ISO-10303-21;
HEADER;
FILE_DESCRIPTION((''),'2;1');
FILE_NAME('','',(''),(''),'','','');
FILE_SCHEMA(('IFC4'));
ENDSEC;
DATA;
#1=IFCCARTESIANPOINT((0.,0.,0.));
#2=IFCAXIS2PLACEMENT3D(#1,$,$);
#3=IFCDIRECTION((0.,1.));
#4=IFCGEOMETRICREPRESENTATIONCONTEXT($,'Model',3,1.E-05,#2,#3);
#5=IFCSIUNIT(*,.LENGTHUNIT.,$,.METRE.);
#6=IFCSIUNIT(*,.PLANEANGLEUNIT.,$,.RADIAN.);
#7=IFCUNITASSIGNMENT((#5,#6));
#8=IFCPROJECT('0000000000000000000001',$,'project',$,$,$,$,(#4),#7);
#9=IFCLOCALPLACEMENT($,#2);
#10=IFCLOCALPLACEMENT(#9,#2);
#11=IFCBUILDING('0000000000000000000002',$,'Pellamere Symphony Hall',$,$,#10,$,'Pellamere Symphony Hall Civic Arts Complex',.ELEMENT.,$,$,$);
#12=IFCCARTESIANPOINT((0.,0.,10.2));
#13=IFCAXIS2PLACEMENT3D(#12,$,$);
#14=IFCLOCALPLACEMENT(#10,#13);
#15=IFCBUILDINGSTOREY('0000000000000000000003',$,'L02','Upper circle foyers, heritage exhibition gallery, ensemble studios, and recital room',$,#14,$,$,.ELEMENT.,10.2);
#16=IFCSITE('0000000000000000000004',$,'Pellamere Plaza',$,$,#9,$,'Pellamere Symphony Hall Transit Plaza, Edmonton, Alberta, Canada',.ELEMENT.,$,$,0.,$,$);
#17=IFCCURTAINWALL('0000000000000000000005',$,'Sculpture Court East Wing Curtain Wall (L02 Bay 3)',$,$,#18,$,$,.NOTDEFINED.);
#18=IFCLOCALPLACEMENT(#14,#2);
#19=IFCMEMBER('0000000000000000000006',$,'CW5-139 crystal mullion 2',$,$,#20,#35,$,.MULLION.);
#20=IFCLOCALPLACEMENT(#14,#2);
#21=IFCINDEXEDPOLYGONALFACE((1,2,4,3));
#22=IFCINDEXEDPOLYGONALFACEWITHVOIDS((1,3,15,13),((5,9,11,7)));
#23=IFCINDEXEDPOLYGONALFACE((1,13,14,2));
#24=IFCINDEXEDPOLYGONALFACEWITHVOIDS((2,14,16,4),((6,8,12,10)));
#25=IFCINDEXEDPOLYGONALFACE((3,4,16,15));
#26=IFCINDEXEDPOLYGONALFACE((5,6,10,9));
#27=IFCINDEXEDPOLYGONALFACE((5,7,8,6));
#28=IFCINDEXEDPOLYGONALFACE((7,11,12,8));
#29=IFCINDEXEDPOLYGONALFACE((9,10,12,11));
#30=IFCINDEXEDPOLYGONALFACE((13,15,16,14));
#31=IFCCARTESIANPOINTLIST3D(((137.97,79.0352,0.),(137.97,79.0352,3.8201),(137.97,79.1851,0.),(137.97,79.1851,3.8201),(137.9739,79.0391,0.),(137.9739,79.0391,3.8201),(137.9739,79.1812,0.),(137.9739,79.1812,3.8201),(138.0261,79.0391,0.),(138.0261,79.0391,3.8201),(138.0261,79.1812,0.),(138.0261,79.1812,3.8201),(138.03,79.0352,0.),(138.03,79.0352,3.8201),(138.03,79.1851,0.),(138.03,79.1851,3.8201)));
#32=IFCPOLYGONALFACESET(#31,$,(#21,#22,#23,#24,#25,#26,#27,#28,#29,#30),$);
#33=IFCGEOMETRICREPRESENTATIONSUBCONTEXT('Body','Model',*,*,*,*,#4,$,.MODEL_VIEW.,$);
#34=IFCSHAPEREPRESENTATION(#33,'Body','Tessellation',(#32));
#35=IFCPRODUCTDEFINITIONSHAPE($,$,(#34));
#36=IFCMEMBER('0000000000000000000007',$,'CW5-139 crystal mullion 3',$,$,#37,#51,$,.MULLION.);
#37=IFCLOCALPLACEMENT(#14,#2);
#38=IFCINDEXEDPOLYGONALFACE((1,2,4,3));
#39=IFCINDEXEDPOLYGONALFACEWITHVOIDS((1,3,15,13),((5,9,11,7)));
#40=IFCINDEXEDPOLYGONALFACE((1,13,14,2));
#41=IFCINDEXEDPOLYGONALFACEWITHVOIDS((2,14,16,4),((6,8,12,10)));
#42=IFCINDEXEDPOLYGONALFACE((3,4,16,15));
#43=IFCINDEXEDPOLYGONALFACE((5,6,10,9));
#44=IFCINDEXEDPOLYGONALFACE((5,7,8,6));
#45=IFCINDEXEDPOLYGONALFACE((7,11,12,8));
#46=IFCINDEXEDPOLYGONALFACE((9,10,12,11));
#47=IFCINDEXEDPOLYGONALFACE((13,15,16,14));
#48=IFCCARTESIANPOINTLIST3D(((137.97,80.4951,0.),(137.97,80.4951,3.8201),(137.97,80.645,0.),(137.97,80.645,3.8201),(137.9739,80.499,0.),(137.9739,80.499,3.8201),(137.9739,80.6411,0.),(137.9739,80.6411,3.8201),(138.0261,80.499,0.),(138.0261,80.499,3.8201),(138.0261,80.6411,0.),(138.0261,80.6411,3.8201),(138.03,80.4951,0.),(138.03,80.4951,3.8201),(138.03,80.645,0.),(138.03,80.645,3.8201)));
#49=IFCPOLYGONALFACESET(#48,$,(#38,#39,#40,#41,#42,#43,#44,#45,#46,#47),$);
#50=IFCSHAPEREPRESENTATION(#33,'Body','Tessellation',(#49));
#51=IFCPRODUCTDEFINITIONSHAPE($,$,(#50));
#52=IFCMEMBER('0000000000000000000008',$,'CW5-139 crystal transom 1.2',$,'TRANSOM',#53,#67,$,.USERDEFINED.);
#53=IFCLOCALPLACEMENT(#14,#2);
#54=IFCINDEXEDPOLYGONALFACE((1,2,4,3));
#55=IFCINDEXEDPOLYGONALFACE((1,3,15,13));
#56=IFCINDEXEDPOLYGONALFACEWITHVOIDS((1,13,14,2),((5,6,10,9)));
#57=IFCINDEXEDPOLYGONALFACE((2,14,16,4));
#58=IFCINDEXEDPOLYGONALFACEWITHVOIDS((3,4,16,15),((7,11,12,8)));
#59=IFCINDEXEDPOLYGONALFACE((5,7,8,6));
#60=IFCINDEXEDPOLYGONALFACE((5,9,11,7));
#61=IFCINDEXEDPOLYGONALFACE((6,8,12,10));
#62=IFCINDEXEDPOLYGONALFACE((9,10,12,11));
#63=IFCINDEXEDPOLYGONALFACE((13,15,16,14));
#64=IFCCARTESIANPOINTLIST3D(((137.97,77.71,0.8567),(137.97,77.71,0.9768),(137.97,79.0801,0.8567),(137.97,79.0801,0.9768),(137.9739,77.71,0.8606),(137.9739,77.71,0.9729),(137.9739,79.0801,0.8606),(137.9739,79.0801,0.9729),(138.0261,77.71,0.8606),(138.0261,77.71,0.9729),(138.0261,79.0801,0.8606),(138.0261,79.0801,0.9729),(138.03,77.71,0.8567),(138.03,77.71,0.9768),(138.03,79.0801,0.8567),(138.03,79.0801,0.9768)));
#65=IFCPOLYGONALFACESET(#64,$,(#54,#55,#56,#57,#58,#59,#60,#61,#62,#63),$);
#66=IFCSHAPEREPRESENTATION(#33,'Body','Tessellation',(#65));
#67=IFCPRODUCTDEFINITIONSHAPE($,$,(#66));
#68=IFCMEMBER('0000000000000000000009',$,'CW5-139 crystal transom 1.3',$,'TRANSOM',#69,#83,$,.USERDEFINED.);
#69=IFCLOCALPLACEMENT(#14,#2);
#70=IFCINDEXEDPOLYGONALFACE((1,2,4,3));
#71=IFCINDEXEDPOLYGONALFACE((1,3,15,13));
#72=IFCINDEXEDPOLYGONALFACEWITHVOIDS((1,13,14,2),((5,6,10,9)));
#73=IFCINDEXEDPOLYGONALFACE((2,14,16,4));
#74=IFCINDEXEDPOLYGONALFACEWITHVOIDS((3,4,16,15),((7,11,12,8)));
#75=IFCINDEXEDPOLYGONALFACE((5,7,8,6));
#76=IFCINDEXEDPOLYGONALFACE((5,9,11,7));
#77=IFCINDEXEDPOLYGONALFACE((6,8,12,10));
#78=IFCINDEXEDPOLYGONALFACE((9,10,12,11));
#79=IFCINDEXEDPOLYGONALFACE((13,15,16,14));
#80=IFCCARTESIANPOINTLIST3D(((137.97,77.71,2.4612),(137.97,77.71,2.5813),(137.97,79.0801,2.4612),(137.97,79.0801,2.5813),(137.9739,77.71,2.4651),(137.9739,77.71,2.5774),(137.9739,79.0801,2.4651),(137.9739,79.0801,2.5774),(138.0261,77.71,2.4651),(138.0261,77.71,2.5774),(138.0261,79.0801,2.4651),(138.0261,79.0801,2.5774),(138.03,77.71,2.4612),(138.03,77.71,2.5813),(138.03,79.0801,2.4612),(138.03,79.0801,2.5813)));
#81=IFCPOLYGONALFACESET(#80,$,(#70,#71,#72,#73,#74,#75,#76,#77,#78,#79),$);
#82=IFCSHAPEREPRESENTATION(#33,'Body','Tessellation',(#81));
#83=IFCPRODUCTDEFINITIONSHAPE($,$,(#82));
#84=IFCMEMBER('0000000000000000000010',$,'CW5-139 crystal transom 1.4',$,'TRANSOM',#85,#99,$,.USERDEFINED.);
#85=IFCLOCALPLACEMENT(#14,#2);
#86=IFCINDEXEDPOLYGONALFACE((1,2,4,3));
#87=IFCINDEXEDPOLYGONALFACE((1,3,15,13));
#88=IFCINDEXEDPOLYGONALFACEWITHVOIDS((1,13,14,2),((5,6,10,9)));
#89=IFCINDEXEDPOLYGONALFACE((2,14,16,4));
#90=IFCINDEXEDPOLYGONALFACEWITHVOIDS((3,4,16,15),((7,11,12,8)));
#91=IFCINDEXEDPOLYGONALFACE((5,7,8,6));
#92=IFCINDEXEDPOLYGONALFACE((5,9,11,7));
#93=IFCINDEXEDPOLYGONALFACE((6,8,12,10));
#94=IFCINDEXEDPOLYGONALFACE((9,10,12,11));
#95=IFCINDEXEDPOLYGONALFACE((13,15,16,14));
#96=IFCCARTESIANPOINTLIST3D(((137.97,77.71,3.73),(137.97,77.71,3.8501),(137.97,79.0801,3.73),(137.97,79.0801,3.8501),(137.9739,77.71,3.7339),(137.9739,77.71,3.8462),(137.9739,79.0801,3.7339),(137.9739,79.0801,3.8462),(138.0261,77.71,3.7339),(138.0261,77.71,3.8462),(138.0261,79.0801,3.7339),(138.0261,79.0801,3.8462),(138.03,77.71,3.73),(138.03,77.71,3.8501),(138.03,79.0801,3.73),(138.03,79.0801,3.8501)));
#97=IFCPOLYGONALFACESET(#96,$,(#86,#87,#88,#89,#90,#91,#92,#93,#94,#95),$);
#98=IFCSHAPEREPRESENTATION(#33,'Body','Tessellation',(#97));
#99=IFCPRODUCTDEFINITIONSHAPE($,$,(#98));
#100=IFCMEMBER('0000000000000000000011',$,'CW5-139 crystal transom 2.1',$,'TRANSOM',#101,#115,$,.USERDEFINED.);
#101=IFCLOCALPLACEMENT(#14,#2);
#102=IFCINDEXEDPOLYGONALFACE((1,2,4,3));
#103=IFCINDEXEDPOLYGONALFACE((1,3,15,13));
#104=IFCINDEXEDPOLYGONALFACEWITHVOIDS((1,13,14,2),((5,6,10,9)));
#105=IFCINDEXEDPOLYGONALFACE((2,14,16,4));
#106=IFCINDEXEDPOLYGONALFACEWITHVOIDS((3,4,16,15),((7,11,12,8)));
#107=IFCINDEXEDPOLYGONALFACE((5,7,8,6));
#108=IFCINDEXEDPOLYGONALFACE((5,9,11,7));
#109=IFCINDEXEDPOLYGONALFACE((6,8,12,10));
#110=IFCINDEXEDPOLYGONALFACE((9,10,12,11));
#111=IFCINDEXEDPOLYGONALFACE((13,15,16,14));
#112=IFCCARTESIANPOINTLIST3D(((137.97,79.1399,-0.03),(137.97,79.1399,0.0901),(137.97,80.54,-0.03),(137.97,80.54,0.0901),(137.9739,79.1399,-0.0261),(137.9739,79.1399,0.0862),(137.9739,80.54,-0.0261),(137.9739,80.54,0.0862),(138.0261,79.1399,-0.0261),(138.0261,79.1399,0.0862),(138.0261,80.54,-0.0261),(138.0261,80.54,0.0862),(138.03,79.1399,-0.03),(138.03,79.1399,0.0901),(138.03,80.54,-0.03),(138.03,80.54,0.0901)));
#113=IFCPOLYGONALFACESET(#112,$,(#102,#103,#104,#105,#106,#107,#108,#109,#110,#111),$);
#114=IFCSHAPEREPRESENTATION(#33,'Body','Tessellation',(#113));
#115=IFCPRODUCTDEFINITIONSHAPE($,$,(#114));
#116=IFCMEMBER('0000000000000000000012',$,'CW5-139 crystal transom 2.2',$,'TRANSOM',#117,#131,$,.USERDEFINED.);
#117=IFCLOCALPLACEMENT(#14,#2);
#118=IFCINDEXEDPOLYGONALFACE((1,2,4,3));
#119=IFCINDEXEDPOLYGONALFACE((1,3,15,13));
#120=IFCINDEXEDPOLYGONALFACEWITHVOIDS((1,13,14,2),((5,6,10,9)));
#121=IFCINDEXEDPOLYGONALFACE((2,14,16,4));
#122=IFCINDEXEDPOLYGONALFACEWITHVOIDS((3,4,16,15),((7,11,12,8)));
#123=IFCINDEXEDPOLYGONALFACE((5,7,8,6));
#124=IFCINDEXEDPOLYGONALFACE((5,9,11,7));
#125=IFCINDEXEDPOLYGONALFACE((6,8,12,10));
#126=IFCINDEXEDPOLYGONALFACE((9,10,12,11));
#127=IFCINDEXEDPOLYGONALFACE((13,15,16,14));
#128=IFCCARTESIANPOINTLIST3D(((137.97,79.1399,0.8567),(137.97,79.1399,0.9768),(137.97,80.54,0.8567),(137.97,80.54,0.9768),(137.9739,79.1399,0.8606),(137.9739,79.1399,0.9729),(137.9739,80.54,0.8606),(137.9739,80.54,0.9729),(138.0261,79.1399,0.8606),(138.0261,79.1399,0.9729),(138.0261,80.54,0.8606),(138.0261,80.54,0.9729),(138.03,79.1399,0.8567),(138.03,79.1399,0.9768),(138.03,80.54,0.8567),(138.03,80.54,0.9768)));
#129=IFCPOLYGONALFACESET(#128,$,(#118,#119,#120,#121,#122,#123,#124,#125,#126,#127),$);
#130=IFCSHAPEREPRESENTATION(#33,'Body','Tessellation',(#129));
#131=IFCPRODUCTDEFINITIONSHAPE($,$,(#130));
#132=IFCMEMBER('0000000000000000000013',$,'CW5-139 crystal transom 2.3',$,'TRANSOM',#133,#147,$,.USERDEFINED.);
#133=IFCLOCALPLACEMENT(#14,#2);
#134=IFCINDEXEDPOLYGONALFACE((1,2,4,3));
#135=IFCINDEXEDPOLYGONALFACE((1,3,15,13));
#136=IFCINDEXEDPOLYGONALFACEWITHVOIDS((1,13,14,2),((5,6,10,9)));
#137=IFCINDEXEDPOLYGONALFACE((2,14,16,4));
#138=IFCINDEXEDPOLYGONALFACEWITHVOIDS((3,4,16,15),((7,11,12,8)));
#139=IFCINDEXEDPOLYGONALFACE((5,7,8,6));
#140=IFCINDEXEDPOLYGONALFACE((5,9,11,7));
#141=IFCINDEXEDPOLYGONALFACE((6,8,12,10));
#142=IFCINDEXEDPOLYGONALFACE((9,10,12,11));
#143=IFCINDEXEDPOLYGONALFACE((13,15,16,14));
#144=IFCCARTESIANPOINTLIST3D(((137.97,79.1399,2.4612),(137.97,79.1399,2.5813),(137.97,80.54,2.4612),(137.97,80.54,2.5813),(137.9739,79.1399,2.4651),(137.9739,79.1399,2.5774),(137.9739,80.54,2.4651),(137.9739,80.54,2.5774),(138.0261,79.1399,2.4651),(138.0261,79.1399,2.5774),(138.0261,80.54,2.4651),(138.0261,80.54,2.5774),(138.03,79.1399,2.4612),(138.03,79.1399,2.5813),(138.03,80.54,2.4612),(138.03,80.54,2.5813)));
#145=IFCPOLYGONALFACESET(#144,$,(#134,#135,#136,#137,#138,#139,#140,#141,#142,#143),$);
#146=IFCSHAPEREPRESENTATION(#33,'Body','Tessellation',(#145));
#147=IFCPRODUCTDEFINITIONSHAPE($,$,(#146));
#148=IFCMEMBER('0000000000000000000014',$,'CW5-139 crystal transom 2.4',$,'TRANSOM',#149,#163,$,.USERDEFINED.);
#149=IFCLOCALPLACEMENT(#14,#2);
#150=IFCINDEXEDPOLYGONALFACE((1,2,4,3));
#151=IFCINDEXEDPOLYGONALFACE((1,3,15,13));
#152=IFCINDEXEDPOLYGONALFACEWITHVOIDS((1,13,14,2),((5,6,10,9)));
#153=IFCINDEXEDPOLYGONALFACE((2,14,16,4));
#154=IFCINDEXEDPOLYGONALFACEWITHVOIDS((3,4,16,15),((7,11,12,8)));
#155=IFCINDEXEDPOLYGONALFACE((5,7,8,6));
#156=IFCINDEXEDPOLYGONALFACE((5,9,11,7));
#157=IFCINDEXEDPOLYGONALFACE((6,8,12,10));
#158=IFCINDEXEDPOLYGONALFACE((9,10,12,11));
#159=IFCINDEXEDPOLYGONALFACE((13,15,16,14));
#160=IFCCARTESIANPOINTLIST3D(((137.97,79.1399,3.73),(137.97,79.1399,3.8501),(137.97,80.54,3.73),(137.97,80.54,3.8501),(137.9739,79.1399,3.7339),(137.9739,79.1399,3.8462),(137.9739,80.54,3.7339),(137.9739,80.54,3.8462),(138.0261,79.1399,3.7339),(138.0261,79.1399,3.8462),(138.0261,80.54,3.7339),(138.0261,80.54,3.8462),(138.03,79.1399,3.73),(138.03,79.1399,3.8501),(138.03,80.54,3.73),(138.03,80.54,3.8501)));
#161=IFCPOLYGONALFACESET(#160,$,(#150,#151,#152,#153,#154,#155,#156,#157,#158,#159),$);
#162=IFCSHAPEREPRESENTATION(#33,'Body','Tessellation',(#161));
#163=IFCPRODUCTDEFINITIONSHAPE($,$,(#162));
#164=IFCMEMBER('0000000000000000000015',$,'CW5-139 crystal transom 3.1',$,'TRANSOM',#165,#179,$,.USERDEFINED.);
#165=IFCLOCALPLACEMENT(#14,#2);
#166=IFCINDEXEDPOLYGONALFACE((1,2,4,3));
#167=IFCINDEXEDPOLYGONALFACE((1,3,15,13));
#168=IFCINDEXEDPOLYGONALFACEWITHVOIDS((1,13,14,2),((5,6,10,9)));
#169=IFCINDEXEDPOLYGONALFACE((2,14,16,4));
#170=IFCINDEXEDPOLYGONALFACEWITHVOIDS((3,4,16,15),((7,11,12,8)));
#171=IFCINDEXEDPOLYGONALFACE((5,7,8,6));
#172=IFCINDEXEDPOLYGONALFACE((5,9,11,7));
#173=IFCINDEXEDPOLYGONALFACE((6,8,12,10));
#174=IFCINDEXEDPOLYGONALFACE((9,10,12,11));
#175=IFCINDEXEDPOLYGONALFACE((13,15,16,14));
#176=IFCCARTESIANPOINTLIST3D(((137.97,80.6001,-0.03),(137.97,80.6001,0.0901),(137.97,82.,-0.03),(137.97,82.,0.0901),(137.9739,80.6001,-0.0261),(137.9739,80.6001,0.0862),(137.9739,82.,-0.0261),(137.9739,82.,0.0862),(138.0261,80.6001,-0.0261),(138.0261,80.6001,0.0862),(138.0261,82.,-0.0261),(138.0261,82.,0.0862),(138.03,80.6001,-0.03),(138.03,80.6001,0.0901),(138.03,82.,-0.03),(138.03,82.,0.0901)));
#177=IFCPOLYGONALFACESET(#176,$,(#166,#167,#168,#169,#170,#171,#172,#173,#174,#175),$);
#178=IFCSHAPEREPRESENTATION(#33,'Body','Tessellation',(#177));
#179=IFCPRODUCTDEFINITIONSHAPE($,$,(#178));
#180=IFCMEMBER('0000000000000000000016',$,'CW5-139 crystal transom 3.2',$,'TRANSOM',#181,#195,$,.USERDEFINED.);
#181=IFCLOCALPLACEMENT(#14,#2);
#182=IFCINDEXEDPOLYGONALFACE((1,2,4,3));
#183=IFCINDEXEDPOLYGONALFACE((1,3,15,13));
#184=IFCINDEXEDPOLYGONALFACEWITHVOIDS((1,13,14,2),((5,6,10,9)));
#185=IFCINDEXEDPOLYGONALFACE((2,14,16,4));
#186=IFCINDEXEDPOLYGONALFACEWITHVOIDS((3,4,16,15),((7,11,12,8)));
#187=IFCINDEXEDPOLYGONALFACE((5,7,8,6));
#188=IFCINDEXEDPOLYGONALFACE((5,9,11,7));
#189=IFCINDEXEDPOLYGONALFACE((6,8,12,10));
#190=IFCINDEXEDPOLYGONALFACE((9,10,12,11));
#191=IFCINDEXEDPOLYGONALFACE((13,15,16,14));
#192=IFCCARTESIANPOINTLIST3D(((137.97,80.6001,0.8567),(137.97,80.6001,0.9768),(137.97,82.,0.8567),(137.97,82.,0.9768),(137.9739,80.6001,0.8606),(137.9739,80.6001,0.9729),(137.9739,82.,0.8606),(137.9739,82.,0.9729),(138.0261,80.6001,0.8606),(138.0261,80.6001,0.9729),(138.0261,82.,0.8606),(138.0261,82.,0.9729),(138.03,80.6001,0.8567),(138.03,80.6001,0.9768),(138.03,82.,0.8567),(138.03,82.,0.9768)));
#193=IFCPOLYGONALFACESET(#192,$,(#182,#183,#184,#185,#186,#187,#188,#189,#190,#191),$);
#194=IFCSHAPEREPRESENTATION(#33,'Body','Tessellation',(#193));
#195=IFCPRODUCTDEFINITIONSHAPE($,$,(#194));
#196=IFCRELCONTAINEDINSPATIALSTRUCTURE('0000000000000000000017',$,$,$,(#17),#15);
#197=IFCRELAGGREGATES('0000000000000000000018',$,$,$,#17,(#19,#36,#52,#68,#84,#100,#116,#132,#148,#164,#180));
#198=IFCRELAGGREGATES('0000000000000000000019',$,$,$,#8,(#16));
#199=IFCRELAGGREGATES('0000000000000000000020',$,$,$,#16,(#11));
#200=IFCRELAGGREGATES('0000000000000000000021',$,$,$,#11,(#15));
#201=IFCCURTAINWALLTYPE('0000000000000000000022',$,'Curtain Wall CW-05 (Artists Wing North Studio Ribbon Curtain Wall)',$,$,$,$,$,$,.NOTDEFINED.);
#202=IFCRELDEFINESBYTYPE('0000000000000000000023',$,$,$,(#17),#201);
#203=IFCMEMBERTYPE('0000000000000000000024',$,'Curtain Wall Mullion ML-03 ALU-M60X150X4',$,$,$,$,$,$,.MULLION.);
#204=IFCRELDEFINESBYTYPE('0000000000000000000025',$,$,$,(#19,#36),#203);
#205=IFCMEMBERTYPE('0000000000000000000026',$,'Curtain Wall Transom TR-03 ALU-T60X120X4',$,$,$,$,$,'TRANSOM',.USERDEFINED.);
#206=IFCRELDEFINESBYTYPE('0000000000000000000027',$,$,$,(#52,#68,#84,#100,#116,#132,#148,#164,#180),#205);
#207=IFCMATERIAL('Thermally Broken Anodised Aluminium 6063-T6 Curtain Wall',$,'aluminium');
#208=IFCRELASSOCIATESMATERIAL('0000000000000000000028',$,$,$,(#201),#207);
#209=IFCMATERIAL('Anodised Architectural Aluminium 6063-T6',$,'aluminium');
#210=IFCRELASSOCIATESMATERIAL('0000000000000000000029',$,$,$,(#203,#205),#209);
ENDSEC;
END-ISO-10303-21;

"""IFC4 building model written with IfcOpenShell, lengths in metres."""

from ifc_helpers import new_model, si_unit, direction, frame, origin, origin_2d, place, context, subcontext, project, spatial, hollow_rectangle, extrude, material, material_profile, profile_set, type_object, element, aggregate, save


model = new_model("IFC4")

# Units and contexts
model_context = context("Model", 3, precision=1e-05, world=origin(), true_north=direction((0.0, 1.0)))
body_context = subcontext(model_context, "Body", "Model", "MODEL_VIEW")
ifc_project = project(units=[si_unit("LENGTHUNIT", "METRE"), si_unit("PLANEANGLEUNIT", "RADIAN")], contexts=[model_context])

# Site, building, storey
site_placement = place(None, origin())
site = spatial("IfcSite", under=ifc_project, at=site_placement, Name="Pellamere Plaza", LongName="Pellamere Symphony Hall Transit Plaza, Edmonton, Alberta, Canada", CompositionType="ELEMENT", RefElevation=0.0)
building_placement = place(site_placement, origin())
building = spatial("IfcBuilding", under=site, at=building_placement, Name="Pellamere Symphony Hall", LongName="Pellamere Symphony Hall Civic Arts Complex", CompositionType="ELEMENT")
storey_placement = place(building_placement, frame((0.0, 0.0, 10.2)))
storey = spatial("IfcBuildingStorey", under=building, at=storey_placement, Name="L02", Description="Upper circle foyers, heritage exhibition gallery, ensemble studios, and recital room", CompositionType="ELEMENT", Elevation=10.2)

# Curtain wall, members
ifc_material_1 = material(Name="Thermally Broken Anodised Aluminium 6063-T6 Curtain Wall", Category="aluminium")
curtain_wall_type = type_object("IfcCurtainWallType", Name="Curtain Wall CW-05 (Artists Wing North Studio Ribbon Curtain Wall)", PredefinedType="NOTDEFINED", material=ifc_material_1)
curtain_wall_placement = place(storey_placement, origin())
curtain_wall = element("IfcCurtainWall", 1, at=curtain_wall_placement, inside=storey, type_object=curtain_wall_type, Name="Sculpture Court East Wing Curtain Wall (L02 Bay 3)", PredefinedType="NOTDEFINED")
ifc_material_2 = material(Name="Anodised Architectural Aluminium 6063-T6", Category="aluminium")
ifc_material_profile_1 = material_profile(ifc_material_2, hollow_rectangle(XDim=0.0601, YDim=0.1499, WallThickness=0.0039, at=origin_2d()), Name="ALU-M60X150X4")
ifc_profile_set_1 = profile_set([ifc_material_profile_1], Name="Anodised Architectural Aluminium 6063-T6")
member_type_1 = type_object("IfcMemberType", Name="Curtain Wall Mullion ML-03 ALU-M60X150X4", PredefinedType="MULLION", material=ifc_profile_set_1)
member_1_placement = place(storey_placement, frame((138.0, 79.1101, 0.0), z_axis=(0.0, 0.0, 1.0), x_axis=(-1.0, 0.0, 0.0)))
member_1 = element("IfcMember", 2, at=member_1_placement, type_object=member_type_1, Name="CW5-139 crystal mullion 2", PredefinedType="MULLION", context=body_context, shape_type="SweptSolid", body=[
    extrude(hollow_rectangle(XDim=0.0601, YDim=0.1499, WallThickness=0.0039, at=origin_2d()), origin(), (0.0, 0.0, 1.0), 3.8201),
])
member_2_placement = place(storey_placement, frame((138.0, 80.5701, 0.0), z_axis=(0.0, 0.0, 1.0), x_axis=(-1.0, 0.0, 0.0)))
member_2 = element("IfcMember", 3, at=member_2_placement, type_object=member_type_1, Name="CW5-139 crystal mullion 3", PredefinedType="MULLION", context=body_context, shape_type="SweptSolid", body=[
    extrude(hollow_rectangle(XDim=0.0601, YDim=0.1499, WallThickness=0.0039, at=origin_2d()), origin(), (0.0, 0.0, 1.0), 3.8201),
])
ifc_material_profile_2 = material_profile(ifc_material_2, hollow_rectangle(XDim=0.0601, YDim=0.1201, WallThickness=0.0039, at=origin_2d()), Name="ALU-T60X120X4")
ifc_profile_set_2 = profile_set([ifc_material_profile_2], Name="Anodised Architectural Aluminium 6063-T6")
member_type_2 = type_object("IfcMemberType", Name="Curtain Wall Transom TR-03 ALU-T60X120X4", ElementType="TRANSOM", PredefinedType="USERDEFINED", material=ifc_profile_set_2)
member_3_placement = place(storey_placement, frame((138.0, 77.71, 0.9167), z_axis=(0.0, 1.0, 0.0), x_axis=(-1.0, 0.0, 0.0)))
member_3 = element("IfcMember", 4, at=member_3_placement, type_object=member_type_2, Name="CW5-139 crystal transom 1.2", ObjectType="TRANSOM", PredefinedType="USERDEFINED", context=body_context, shape_type="SweptSolid", body=[
    extrude(hollow_rectangle(XDim=0.0601, YDim=0.1201, WallThickness=0.0039, at=origin_2d()), origin(), (0.0, 0.0, 1.0), 1.3701),
])
member_4_placement = place(storey_placement, frame((138.0, 77.71, 2.5212), z_axis=(0.0, 1.0, 0.0), x_axis=(-1.0, 0.0, 0.0)))
member_4 = element("IfcMember", 5, at=member_4_placement, type_object=member_type_2, Name="CW5-139 crystal transom 1.3", ObjectType="TRANSOM", PredefinedType="USERDEFINED", context=body_context, shape_type="SweptSolid", body=[
    extrude(hollow_rectangle(XDim=0.0601, YDim=0.1201, WallThickness=0.0039, at=origin_2d()), origin(), (0.0, 0.0, 1.0), 1.3701),
])
member_5_placement = place(storey_placement, frame((138.0, 77.71, 3.79), z_axis=(0.0, 1.0, 0.0), x_axis=(-1.0, 0.0, 0.0)))
member_5 = element("IfcMember", 6, at=member_5_placement, type_object=member_type_2, Name="CW5-139 crystal transom 1.4", ObjectType="TRANSOM", PredefinedType="USERDEFINED", context=body_context, shape_type="SweptSolid", body=[
    extrude(hollow_rectangle(XDim=0.0601, YDim=0.1201, WallThickness=0.0039, at=origin_2d()), origin(), (0.0, 0.0, 1.0), 1.3701),
])
member_6_placement = place(storey_placement, frame((138.0, 79.1399, 0.03), z_axis=(0.0, 1.0, 0.0), x_axis=(-1.0, 0.0, 0.0)))
member_6 = element("IfcMember", 7, at=member_6_placement, type_object=member_type_2, Name="CW5-139 crystal transom 2.1", ObjectType="TRANSOM", PredefinedType="USERDEFINED", context=body_context, shape_type="SweptSolid", body=[
    extrude(hollow_rectangle(XDim=0.0601, YDim=0.1201, WallThickness=0.0039, at=origin_2d()), origin(), (0.0, 0.0, 1.0), 1.4001),
])
member_7_placement = place(storey_placement, frame((138.0, 79.1399, 0.9167), z_axis=(0.0, 1.0, 0.0), x_axis=(-1.0, 0.0, 0.0)))
member_7 = element("IfcMember", 8, at=member_7_placement, type_object=member_type_2, Name="CW5-139 crystal transom 2.2", ObjectType="TRANSOM", PredefinedType="USERDEFINED", context=body_context, shape_type="SweptSolid", body=[
    extrude(hollow_rectangle(XDim=0.0601, YDim=0.1201, WallThickness=0.0039, at=origin_2d()), origin(), (0.0, 0.0, 1.0), 1.4001),
])
member_8_placement = place(storey_placement, frame((138.0, 79.1399, 2.5212), z_axis=(0.0, 1.0, 0.0), x_axis=(-1.0, 0.0, 0.0)))
member_8 = element("IfcMember", 9, at=member_8_placement, type_object=member_type_2, Name="CW5-139 crystal transom 2.3", ObjectType="TRANSOM", PredefinedType="USERDEFINED", context=body_context, shape_type="SweptSolid", body=[
    extrude(hollow_rectangle(XDim=0.0601, YDim=0.1201, WallThickness=0.0039, at=origin_2d()), origin(), (0.0, 0.0, 1.0), 1.4001),
])
member_9_placement = place(storey_placement, frame((138.0, 79.1399, 3.79), z_axis=(0.0, 1.0, 0.0), x_axis=(-1.0, 0.0, 0.0)))
member_9 = element("IfcMember", 10, at=member_9_placement, type_object=member_type_2, Name="CW5-139 crystal transom 2.4", ObjectType="TRANSOM", PredefinedType="USERDEFINED", context=body_context, shape_type="SweptSolid", body=[
    extrude(hollow_rectangle(XDim=0.0601, YDim=0.1201, WallThickness=0.0039, at=origin_2d()), origin(), (0.0, 0.0, 1.0), 1.4001),
])
member_10_placement = place(storey_placement, frame((138.0, 80.6001, 0.03), z_axis=(0.0, 1.0, 0.0), x_axis=(-1.0, 0.0, 0.0)))
member_10 = element("IfcMember", 11, at=member_10_placement, type_object=member_type_2, Name="CW5-139 crystal transom 3.1", ObjectType="TRANSOM", PredefinedType="USERDEFINED", context=body_context, shape_type="SweptSolid", body=[
    extrude(hollow_rectangle(XDim=0.0601, YDim=0.1201, WallThickness=0.0039, at=origin_2d()), origin(), (0.0, 0.0, 1.0), 1.3999),
])
member_11_placement = place(storey_placement, frame((138.0, 80.6001, 0.9167), z_axis=(0.0, 1.0, 0.0), x_axis=(-1.0, 0.0, 0.0)))
member_11 = element("IfcMember", 12, at=member_11_placement, type_object=member_type_2, Name="CW5-139 crystal transom 3.2", ObjectType="TRANSOM", PredefinedType="USERDEFINED", context=body_context, shape_type="SweptSolid", body=[
    extrude(hollow_rectangle(XDim=0.0601, YDim=0.1201, WallThickness=0.0039, at=origin_2d()), origin(), (0.0, 0.0, 1.0), 1.3999),
])

aggregate(curtain_wall, [member_1, member_2, member_3, member_4, member_5, member_6, member_7, member_8, member_9, member_10, member_11])

save(model, "model.ifc")
